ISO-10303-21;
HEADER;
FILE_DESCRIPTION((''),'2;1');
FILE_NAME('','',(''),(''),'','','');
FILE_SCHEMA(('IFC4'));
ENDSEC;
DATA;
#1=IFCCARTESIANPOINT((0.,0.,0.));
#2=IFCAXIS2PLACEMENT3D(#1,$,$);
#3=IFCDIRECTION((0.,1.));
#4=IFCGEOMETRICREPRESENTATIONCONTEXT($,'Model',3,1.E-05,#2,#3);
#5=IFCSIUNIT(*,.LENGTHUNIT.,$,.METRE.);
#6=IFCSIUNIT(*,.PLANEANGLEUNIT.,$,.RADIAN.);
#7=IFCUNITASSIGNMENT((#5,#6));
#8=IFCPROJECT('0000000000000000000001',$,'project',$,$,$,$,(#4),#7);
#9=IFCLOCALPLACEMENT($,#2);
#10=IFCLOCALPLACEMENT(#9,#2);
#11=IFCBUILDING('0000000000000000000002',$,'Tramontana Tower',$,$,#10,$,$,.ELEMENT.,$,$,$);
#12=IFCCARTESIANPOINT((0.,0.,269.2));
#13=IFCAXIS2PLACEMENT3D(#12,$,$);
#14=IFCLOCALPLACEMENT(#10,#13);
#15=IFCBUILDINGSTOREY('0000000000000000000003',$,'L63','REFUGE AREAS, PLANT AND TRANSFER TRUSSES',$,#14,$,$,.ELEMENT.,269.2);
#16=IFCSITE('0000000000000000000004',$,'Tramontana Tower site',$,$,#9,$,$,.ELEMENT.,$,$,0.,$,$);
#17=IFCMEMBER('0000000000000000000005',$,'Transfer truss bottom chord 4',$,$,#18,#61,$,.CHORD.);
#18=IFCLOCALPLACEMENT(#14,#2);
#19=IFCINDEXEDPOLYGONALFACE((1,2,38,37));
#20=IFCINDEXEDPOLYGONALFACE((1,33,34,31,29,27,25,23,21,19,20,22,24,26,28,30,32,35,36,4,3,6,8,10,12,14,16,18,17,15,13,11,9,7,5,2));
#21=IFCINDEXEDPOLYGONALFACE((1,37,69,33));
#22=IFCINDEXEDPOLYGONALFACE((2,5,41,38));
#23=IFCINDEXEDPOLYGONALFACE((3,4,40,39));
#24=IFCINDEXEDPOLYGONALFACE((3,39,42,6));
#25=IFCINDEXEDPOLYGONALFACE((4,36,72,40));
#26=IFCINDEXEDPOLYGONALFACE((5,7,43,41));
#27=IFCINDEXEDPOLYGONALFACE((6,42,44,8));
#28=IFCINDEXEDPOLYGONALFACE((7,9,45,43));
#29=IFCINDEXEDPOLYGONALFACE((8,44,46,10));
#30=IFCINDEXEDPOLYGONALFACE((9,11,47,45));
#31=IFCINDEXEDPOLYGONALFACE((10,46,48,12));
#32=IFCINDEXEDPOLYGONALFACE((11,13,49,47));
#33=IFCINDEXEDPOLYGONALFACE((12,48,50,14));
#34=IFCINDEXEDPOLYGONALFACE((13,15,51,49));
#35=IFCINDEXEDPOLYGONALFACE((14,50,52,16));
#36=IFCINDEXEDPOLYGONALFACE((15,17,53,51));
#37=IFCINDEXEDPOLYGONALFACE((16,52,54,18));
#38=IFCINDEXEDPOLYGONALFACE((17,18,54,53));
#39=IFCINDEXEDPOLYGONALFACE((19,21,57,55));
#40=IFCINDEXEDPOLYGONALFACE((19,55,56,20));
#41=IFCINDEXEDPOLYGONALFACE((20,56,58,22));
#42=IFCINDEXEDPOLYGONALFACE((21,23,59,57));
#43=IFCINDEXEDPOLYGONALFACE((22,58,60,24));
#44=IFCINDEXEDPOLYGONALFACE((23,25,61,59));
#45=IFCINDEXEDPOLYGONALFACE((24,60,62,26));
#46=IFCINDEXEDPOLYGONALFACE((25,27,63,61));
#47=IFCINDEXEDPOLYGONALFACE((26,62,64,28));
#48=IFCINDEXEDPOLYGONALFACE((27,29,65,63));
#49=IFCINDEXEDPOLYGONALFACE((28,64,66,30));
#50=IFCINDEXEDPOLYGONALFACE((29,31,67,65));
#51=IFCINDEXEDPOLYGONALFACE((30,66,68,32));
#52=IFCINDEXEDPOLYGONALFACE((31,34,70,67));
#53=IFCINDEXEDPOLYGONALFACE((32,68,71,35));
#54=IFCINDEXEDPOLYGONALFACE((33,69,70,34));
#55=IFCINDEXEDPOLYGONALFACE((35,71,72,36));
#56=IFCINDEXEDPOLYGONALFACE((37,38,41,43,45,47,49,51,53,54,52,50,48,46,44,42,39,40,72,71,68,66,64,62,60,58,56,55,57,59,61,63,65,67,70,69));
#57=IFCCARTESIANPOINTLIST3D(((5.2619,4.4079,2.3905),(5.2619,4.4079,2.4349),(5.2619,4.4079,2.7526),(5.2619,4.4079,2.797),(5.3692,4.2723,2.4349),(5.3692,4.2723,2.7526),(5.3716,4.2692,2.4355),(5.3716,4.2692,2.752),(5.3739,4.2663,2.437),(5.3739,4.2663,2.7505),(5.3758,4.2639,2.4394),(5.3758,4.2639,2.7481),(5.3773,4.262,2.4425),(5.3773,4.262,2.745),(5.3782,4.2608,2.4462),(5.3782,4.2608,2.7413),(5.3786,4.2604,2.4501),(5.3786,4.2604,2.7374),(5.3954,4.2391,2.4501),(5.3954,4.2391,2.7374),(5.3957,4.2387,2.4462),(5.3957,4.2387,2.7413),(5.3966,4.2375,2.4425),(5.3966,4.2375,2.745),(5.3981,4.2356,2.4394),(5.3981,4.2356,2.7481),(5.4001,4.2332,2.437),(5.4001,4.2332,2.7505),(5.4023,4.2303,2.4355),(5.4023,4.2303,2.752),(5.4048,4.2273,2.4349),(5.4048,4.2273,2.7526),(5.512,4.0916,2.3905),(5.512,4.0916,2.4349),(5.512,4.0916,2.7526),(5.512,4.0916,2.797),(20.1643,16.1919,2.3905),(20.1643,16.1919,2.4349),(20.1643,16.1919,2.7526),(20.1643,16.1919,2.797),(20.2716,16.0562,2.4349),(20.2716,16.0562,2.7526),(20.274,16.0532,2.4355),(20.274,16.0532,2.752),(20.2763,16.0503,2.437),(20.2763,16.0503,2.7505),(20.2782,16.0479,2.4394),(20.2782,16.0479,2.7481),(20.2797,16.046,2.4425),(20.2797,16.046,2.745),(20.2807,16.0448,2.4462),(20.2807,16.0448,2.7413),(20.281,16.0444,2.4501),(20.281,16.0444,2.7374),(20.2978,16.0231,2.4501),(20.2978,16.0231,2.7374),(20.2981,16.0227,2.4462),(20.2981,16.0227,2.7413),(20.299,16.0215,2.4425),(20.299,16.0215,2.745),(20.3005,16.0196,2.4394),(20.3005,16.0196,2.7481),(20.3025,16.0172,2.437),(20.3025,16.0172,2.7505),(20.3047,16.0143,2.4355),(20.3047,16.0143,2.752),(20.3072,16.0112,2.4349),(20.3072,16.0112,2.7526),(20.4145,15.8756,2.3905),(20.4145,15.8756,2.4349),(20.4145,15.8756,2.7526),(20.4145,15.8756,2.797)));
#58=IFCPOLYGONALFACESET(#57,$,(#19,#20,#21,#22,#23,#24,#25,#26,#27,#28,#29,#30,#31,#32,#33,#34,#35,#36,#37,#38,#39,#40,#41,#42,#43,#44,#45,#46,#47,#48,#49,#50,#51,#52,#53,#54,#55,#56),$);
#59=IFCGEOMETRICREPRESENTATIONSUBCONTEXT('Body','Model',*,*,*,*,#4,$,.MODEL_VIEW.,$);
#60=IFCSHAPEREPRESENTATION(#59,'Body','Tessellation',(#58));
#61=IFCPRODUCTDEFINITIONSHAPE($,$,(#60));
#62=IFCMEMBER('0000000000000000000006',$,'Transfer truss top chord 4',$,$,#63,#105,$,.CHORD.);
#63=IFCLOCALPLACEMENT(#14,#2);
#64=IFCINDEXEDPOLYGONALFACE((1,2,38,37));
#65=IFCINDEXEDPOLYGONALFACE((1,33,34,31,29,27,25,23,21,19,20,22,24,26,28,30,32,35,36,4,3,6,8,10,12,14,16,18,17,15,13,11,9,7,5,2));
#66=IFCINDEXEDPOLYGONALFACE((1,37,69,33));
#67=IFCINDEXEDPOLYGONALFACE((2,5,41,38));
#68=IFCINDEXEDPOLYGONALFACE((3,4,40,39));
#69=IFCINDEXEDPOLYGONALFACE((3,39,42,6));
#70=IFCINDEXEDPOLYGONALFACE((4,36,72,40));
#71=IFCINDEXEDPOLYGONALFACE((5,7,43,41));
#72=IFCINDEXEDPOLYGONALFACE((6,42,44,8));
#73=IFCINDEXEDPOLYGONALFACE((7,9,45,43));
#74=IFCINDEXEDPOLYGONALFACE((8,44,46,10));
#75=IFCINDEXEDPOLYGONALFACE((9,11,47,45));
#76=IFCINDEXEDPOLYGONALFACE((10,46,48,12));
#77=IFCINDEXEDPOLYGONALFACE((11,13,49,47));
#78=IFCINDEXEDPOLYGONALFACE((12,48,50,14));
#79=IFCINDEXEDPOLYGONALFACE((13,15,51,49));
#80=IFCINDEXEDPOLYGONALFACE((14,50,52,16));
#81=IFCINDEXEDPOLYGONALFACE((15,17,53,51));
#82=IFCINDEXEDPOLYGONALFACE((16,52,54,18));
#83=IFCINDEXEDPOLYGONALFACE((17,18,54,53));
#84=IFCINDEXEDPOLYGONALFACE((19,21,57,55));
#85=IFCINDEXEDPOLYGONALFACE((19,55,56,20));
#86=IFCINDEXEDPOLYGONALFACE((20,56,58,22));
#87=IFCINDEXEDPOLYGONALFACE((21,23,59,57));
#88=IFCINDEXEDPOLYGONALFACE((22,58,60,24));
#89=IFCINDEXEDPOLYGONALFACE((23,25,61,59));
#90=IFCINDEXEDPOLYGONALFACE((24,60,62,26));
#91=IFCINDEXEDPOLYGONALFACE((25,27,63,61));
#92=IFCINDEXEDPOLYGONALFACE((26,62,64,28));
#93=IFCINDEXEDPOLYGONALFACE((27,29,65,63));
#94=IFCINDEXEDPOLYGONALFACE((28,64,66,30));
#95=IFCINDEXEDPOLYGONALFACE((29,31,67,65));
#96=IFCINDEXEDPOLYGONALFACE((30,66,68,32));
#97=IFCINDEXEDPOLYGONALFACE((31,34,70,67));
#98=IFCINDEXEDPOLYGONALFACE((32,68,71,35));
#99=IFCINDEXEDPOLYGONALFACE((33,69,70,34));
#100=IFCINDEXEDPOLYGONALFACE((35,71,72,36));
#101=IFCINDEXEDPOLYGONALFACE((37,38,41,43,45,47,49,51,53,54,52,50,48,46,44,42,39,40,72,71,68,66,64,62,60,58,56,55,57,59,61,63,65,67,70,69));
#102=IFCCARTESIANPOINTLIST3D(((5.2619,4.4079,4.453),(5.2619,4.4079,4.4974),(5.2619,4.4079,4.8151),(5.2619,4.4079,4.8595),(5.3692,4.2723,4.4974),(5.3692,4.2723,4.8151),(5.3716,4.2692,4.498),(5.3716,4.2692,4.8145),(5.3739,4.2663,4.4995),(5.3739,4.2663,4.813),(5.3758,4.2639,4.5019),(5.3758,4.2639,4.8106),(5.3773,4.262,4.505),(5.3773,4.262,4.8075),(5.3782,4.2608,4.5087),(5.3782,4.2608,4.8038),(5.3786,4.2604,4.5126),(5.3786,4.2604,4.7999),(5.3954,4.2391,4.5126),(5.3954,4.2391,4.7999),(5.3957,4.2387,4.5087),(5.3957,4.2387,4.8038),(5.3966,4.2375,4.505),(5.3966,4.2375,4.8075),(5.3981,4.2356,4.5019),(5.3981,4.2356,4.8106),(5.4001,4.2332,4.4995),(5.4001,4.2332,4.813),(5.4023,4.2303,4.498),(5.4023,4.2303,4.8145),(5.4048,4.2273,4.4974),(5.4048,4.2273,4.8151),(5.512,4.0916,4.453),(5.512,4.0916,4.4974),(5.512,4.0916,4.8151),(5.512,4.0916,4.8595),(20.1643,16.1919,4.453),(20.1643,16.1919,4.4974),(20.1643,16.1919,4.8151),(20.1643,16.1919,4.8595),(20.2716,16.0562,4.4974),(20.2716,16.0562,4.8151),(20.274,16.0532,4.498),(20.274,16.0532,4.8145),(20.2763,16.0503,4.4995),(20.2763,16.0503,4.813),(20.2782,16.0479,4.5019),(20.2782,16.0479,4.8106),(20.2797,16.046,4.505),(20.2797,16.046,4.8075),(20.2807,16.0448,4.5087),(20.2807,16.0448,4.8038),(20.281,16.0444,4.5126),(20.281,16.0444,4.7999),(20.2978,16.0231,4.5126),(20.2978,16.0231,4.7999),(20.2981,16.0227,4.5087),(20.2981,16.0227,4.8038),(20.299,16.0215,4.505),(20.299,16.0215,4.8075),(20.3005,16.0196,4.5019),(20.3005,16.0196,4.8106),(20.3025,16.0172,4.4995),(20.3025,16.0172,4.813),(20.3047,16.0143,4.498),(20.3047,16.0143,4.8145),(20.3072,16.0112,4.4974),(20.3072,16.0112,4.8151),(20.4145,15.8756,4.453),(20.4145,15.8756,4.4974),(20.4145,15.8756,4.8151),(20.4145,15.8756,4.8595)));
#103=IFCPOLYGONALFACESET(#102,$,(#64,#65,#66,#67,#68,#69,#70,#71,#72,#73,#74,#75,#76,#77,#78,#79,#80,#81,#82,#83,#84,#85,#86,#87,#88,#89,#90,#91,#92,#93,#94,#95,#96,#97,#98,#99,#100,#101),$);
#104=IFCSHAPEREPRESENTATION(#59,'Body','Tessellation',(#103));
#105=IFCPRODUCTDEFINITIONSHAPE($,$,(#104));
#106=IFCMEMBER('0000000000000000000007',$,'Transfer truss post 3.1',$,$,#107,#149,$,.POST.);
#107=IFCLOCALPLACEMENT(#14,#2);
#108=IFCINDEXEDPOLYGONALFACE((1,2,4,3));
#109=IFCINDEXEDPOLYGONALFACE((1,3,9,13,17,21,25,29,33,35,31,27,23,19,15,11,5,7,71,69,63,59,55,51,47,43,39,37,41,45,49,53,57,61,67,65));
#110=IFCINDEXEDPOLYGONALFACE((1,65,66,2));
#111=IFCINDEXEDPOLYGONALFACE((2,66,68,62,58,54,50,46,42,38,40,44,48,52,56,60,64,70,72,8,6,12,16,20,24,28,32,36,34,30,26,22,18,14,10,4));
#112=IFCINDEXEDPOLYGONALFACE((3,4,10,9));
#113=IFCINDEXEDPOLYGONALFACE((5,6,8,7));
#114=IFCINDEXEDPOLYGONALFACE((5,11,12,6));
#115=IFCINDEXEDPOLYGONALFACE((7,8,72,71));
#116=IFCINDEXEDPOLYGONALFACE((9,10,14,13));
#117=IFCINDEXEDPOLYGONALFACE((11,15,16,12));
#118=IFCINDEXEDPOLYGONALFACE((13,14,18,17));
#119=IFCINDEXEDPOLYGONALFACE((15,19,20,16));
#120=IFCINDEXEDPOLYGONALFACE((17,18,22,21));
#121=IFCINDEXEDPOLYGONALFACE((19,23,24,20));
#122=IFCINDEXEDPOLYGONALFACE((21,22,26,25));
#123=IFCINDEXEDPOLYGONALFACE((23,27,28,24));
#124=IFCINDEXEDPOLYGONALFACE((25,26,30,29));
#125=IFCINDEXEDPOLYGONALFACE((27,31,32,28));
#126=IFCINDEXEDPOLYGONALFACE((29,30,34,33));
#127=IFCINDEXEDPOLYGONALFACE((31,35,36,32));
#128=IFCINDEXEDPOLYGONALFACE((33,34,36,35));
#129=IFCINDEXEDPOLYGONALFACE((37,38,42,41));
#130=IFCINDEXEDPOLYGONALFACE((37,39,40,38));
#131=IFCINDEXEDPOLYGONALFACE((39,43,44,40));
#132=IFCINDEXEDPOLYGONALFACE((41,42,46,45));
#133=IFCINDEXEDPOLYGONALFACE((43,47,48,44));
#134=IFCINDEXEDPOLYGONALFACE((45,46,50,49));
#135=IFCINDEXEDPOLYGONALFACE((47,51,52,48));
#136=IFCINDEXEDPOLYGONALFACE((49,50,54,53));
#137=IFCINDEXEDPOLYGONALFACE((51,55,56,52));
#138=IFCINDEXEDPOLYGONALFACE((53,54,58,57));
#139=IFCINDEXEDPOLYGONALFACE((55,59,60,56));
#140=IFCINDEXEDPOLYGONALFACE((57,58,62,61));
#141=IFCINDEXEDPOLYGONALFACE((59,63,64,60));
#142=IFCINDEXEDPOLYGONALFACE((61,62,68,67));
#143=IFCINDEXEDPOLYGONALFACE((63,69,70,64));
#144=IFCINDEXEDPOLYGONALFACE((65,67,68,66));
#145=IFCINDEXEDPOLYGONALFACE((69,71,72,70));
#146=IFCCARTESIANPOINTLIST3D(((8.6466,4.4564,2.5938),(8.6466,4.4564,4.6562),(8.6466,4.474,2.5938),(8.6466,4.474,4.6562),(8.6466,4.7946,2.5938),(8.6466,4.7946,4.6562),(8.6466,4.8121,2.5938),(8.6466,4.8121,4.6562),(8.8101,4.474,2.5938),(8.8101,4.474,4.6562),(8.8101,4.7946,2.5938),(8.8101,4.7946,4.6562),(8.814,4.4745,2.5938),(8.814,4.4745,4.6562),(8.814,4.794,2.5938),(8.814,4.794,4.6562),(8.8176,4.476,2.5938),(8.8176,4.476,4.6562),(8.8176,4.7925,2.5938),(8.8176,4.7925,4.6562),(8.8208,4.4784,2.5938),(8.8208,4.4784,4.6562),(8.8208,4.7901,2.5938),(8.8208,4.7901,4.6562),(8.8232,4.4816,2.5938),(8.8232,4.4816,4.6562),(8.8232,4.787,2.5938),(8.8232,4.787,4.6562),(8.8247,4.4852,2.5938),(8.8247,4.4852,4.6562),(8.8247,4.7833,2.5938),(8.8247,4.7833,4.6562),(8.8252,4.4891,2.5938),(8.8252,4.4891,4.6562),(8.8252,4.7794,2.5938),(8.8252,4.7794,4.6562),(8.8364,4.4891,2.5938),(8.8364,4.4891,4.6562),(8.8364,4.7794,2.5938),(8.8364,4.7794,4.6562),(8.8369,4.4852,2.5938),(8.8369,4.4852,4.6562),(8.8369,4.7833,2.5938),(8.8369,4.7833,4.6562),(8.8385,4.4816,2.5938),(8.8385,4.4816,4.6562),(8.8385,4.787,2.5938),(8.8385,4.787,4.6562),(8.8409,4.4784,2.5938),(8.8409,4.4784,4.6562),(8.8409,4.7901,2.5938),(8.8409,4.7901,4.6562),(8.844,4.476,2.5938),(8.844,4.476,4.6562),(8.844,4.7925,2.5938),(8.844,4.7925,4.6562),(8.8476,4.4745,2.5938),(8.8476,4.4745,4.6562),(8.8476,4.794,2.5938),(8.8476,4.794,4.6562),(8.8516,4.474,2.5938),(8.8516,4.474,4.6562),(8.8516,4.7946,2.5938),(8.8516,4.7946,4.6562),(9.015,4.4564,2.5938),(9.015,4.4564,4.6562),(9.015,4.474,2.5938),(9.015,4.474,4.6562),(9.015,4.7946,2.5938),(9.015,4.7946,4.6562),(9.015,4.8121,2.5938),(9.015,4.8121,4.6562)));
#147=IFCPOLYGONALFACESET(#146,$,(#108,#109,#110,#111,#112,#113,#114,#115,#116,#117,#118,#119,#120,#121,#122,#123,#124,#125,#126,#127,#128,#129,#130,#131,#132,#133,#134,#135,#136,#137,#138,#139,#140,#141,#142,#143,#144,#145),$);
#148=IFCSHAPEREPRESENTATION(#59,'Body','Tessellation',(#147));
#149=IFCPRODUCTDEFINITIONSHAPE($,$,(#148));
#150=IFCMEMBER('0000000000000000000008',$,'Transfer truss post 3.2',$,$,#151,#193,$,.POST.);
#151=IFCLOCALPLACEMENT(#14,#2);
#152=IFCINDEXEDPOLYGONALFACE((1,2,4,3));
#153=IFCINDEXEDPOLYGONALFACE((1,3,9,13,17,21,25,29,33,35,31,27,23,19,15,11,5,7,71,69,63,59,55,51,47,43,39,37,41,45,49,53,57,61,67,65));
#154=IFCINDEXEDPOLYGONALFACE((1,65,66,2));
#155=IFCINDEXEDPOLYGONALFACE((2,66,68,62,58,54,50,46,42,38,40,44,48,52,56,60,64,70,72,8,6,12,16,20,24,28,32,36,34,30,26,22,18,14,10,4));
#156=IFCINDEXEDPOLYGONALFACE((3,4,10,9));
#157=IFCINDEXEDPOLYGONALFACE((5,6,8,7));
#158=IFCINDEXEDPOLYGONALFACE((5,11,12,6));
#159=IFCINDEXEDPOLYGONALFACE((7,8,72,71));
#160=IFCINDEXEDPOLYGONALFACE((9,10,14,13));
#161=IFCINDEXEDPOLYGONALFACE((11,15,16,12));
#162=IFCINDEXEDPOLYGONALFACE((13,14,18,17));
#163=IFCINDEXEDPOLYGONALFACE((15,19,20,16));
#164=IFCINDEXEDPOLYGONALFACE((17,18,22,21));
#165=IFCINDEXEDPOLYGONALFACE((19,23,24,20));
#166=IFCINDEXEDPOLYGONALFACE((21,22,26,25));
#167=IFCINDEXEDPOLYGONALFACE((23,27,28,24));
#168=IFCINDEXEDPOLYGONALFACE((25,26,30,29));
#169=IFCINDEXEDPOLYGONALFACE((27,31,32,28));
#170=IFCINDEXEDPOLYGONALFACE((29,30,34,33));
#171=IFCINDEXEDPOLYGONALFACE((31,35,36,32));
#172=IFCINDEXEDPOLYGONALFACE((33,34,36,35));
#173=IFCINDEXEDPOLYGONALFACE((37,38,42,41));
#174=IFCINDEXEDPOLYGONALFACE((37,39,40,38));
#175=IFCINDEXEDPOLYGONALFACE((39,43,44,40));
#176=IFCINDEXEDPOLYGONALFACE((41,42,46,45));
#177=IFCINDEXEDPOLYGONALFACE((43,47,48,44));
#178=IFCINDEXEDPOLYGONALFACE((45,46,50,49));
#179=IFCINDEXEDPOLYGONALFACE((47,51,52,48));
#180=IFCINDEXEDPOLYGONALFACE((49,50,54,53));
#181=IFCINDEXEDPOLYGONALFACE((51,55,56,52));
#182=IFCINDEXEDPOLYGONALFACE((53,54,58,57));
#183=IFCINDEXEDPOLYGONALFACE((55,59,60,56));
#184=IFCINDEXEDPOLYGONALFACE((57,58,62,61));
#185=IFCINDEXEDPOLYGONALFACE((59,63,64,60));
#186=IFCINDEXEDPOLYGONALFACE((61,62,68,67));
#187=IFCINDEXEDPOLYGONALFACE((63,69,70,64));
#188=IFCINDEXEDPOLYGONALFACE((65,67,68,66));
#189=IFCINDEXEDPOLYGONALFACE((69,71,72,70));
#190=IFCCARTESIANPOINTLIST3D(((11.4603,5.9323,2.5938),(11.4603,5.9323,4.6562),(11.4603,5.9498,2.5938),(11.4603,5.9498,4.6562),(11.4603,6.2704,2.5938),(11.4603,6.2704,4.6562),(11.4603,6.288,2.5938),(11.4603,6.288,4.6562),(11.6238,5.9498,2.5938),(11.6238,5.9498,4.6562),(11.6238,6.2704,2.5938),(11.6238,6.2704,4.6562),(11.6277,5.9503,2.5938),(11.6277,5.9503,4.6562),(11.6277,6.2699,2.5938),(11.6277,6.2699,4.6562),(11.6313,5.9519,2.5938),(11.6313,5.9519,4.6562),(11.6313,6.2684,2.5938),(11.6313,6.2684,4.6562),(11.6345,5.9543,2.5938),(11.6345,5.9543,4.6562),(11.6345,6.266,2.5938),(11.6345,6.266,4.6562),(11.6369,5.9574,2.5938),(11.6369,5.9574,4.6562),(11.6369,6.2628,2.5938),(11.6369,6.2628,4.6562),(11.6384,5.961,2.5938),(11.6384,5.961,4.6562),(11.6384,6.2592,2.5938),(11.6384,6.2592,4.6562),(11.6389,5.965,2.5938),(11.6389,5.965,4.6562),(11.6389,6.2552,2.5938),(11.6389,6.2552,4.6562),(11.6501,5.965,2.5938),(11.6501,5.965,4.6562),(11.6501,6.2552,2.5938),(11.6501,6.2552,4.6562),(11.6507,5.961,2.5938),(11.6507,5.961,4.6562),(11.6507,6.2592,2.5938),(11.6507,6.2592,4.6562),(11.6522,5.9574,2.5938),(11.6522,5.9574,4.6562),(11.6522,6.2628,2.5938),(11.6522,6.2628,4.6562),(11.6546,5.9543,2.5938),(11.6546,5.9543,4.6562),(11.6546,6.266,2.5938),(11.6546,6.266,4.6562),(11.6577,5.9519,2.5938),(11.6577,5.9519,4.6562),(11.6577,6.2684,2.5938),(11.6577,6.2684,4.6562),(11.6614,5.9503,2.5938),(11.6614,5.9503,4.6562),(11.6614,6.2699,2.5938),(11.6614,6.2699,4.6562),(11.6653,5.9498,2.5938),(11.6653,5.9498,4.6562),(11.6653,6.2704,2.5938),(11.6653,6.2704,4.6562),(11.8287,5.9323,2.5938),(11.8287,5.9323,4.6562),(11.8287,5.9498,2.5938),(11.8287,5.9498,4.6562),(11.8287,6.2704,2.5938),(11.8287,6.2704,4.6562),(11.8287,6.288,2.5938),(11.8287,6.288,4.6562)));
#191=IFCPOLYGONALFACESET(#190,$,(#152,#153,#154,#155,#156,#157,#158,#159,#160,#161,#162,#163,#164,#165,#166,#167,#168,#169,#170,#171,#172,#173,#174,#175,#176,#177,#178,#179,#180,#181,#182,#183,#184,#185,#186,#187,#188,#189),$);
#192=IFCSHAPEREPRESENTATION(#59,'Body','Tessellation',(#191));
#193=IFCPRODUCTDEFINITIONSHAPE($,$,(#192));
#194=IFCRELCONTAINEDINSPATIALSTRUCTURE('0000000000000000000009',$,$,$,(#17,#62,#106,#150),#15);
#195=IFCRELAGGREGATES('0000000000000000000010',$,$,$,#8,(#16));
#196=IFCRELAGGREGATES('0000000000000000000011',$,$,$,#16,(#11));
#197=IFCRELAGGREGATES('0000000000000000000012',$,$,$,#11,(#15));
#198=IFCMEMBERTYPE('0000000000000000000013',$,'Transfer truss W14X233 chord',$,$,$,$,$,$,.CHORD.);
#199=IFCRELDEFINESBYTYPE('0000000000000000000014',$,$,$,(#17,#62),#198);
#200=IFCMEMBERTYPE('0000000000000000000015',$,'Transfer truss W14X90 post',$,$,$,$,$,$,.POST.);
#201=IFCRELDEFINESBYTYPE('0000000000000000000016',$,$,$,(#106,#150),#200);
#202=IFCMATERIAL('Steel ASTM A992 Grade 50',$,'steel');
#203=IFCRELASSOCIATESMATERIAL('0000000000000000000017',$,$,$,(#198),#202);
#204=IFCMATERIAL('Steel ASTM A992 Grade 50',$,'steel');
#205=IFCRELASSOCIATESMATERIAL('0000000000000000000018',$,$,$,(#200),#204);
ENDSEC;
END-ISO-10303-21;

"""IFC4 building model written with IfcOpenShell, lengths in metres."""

from ifc_helpers import new_model, si_unit, direction, frame, origin, origin_2d, place, context, subcontext, project, spatial, i_section, extrude, material, material_profile, profile_set, type_object, element, save


model = new_model("IFC4")

# Units and contexts
model_context = context("Model", 3, precision=1e-05, world=origin(), true_north=direction((0.0, 1.0)))
body_context = subcontext(model_context, "Body", "Model", "MODEL_VIEW")
ifc_project = project(units=[si_unit("LENGTHUNIT", "METRE"), si_unit("PLANEANGLEUNIT", "RADIAN")], contexts=[model_context])

# Site, building, storey
site_placement = place(None, origin())
site = spatial("IfcSite", under=ifc_project, at=site_placement, Name="Tramontana Tower site", CompositionType="ELEMENT", RefElevation=0.0)
building_placement = place(site_placement, origin())
building = spatial("IfcBuilding", under=site, at=building_placement, Name="Tramontana Tower", CompositionType="ELEMENT")
storey_placement = place(building_placement, frame((0.0, 0.0, 269.2)))
storey = spatial("IfcBuildingStorey", under=building, at=storey_placement, Name="L63", Description="REFUGE AREAS, PLANT AND TRANSFER TRUSSES", CompositionType="ELEMENT", Elevation=269.2)

# Members
ifc_material_1 = material(Name="Steel ASTM A992 Grade 50", Category="steel")
ifc_material_profile_1 = material_profile(ifc_material_1, i_section(OverallWidth=0.4033, OverallDepth=0.4065, WebThickness=0.0271, FlangeThickness=0.0444, FilletRadius=0.0151, at=origin_2d()), Name="W14X233")
ifc_profile_set_1 = profile_set([ifc_material_profile_1], Name="Steel ASTM A992 Grade 50")
member_type_1 = type_object("IfcMemberType", Name="Transfer truss W14X233 chord", PredefinedType="CHORD", material=ifc_profile_set_1)
for number, where, z_axis, x_axis, name in (
    (1, (5.387, 4.2498, 2.5938), (0.784398, 0.620258, 0.0), (-0.620258, 0.784398, 0.0), "Transfer truss bottom chord 4"),
    (2, (5.387, 4.2498, 4.6562), (0.784398, 0.620258, 0.0), (-0.620258, 0.784398, 0.0), "Transfer truss top chord 4"),
):
    element("IfcMember", number, at=place(storey_placement, frame(where, z_axis=z_axis, x_axis=x_axis)), inside=storey, type_object=member_type_1, Name=name, PredefinedType="CHORD", context=body_context, shape_type="SweptSolid", body=[
        extrude(i_section(OverallWidth=0.4033, OverallDepth=0.4065, WebThickness=0.0271, FlangeThickness=0.0444, FilletRadius=0.0151, at=origin_2d()), origin(), (0.0, 0.0, 1.0), 18.9985),
    ])
ifc_material_2 = material(Name="Steel ASTM A992 Grade 50", Category="steel")
ifc_material_profile_2 = material_profile(ifc_material_2, i_section(OverallWidth=0.3684, OverallDepth=0.3557, WebThickness=0.0112, FlangeThickness=0.0176, FilletRadius=0.0151, at=origin_2d()), Name="W14X90")
ifc_profile_set_2 = profile_set([ifc_material_profile_2], Name="Steel ASTM A992 Grade 50")
member_type_2 = type_object("IfcMemberType", Name="Transfer truss W14X90 post", PredefinedType="POST", material=ifc_profile_set_2)
for number, where, z_axis, x_axis, name in (
    (3, (8.8308, 4.6343, 2.5938), (0.0, 0.0, 1.0), (1.0, 0.0, 0.0), "Transfer truss post 3.1"),
    (4, (11.6445, 6.1101, 2.5938), (0.0, 0.0, 1.0), (1.0, 0.0, 0.0), "Transfer truss post 3.2"),
):
    element("IfcMember", number, at=place(storey_placement, frame(where, z_axis=z_axis, x_axis=x_axis)), inside=storey, type_object=member_type_2, Name=name, PredefinedType="POST", context=body_context, shape_type="SweptSolid", body=[
        extrude(i_section(OverallWidth=0.3684, OverallDepth=0.3557, WebThickness=0.0112, FlangeThickness=0.0176, FilletRadius=0.0151, at=origin_2d()), origin(), (0.0, 0.0, 1.0), 2.0625),
    ])

save(model, "model.ifc")
